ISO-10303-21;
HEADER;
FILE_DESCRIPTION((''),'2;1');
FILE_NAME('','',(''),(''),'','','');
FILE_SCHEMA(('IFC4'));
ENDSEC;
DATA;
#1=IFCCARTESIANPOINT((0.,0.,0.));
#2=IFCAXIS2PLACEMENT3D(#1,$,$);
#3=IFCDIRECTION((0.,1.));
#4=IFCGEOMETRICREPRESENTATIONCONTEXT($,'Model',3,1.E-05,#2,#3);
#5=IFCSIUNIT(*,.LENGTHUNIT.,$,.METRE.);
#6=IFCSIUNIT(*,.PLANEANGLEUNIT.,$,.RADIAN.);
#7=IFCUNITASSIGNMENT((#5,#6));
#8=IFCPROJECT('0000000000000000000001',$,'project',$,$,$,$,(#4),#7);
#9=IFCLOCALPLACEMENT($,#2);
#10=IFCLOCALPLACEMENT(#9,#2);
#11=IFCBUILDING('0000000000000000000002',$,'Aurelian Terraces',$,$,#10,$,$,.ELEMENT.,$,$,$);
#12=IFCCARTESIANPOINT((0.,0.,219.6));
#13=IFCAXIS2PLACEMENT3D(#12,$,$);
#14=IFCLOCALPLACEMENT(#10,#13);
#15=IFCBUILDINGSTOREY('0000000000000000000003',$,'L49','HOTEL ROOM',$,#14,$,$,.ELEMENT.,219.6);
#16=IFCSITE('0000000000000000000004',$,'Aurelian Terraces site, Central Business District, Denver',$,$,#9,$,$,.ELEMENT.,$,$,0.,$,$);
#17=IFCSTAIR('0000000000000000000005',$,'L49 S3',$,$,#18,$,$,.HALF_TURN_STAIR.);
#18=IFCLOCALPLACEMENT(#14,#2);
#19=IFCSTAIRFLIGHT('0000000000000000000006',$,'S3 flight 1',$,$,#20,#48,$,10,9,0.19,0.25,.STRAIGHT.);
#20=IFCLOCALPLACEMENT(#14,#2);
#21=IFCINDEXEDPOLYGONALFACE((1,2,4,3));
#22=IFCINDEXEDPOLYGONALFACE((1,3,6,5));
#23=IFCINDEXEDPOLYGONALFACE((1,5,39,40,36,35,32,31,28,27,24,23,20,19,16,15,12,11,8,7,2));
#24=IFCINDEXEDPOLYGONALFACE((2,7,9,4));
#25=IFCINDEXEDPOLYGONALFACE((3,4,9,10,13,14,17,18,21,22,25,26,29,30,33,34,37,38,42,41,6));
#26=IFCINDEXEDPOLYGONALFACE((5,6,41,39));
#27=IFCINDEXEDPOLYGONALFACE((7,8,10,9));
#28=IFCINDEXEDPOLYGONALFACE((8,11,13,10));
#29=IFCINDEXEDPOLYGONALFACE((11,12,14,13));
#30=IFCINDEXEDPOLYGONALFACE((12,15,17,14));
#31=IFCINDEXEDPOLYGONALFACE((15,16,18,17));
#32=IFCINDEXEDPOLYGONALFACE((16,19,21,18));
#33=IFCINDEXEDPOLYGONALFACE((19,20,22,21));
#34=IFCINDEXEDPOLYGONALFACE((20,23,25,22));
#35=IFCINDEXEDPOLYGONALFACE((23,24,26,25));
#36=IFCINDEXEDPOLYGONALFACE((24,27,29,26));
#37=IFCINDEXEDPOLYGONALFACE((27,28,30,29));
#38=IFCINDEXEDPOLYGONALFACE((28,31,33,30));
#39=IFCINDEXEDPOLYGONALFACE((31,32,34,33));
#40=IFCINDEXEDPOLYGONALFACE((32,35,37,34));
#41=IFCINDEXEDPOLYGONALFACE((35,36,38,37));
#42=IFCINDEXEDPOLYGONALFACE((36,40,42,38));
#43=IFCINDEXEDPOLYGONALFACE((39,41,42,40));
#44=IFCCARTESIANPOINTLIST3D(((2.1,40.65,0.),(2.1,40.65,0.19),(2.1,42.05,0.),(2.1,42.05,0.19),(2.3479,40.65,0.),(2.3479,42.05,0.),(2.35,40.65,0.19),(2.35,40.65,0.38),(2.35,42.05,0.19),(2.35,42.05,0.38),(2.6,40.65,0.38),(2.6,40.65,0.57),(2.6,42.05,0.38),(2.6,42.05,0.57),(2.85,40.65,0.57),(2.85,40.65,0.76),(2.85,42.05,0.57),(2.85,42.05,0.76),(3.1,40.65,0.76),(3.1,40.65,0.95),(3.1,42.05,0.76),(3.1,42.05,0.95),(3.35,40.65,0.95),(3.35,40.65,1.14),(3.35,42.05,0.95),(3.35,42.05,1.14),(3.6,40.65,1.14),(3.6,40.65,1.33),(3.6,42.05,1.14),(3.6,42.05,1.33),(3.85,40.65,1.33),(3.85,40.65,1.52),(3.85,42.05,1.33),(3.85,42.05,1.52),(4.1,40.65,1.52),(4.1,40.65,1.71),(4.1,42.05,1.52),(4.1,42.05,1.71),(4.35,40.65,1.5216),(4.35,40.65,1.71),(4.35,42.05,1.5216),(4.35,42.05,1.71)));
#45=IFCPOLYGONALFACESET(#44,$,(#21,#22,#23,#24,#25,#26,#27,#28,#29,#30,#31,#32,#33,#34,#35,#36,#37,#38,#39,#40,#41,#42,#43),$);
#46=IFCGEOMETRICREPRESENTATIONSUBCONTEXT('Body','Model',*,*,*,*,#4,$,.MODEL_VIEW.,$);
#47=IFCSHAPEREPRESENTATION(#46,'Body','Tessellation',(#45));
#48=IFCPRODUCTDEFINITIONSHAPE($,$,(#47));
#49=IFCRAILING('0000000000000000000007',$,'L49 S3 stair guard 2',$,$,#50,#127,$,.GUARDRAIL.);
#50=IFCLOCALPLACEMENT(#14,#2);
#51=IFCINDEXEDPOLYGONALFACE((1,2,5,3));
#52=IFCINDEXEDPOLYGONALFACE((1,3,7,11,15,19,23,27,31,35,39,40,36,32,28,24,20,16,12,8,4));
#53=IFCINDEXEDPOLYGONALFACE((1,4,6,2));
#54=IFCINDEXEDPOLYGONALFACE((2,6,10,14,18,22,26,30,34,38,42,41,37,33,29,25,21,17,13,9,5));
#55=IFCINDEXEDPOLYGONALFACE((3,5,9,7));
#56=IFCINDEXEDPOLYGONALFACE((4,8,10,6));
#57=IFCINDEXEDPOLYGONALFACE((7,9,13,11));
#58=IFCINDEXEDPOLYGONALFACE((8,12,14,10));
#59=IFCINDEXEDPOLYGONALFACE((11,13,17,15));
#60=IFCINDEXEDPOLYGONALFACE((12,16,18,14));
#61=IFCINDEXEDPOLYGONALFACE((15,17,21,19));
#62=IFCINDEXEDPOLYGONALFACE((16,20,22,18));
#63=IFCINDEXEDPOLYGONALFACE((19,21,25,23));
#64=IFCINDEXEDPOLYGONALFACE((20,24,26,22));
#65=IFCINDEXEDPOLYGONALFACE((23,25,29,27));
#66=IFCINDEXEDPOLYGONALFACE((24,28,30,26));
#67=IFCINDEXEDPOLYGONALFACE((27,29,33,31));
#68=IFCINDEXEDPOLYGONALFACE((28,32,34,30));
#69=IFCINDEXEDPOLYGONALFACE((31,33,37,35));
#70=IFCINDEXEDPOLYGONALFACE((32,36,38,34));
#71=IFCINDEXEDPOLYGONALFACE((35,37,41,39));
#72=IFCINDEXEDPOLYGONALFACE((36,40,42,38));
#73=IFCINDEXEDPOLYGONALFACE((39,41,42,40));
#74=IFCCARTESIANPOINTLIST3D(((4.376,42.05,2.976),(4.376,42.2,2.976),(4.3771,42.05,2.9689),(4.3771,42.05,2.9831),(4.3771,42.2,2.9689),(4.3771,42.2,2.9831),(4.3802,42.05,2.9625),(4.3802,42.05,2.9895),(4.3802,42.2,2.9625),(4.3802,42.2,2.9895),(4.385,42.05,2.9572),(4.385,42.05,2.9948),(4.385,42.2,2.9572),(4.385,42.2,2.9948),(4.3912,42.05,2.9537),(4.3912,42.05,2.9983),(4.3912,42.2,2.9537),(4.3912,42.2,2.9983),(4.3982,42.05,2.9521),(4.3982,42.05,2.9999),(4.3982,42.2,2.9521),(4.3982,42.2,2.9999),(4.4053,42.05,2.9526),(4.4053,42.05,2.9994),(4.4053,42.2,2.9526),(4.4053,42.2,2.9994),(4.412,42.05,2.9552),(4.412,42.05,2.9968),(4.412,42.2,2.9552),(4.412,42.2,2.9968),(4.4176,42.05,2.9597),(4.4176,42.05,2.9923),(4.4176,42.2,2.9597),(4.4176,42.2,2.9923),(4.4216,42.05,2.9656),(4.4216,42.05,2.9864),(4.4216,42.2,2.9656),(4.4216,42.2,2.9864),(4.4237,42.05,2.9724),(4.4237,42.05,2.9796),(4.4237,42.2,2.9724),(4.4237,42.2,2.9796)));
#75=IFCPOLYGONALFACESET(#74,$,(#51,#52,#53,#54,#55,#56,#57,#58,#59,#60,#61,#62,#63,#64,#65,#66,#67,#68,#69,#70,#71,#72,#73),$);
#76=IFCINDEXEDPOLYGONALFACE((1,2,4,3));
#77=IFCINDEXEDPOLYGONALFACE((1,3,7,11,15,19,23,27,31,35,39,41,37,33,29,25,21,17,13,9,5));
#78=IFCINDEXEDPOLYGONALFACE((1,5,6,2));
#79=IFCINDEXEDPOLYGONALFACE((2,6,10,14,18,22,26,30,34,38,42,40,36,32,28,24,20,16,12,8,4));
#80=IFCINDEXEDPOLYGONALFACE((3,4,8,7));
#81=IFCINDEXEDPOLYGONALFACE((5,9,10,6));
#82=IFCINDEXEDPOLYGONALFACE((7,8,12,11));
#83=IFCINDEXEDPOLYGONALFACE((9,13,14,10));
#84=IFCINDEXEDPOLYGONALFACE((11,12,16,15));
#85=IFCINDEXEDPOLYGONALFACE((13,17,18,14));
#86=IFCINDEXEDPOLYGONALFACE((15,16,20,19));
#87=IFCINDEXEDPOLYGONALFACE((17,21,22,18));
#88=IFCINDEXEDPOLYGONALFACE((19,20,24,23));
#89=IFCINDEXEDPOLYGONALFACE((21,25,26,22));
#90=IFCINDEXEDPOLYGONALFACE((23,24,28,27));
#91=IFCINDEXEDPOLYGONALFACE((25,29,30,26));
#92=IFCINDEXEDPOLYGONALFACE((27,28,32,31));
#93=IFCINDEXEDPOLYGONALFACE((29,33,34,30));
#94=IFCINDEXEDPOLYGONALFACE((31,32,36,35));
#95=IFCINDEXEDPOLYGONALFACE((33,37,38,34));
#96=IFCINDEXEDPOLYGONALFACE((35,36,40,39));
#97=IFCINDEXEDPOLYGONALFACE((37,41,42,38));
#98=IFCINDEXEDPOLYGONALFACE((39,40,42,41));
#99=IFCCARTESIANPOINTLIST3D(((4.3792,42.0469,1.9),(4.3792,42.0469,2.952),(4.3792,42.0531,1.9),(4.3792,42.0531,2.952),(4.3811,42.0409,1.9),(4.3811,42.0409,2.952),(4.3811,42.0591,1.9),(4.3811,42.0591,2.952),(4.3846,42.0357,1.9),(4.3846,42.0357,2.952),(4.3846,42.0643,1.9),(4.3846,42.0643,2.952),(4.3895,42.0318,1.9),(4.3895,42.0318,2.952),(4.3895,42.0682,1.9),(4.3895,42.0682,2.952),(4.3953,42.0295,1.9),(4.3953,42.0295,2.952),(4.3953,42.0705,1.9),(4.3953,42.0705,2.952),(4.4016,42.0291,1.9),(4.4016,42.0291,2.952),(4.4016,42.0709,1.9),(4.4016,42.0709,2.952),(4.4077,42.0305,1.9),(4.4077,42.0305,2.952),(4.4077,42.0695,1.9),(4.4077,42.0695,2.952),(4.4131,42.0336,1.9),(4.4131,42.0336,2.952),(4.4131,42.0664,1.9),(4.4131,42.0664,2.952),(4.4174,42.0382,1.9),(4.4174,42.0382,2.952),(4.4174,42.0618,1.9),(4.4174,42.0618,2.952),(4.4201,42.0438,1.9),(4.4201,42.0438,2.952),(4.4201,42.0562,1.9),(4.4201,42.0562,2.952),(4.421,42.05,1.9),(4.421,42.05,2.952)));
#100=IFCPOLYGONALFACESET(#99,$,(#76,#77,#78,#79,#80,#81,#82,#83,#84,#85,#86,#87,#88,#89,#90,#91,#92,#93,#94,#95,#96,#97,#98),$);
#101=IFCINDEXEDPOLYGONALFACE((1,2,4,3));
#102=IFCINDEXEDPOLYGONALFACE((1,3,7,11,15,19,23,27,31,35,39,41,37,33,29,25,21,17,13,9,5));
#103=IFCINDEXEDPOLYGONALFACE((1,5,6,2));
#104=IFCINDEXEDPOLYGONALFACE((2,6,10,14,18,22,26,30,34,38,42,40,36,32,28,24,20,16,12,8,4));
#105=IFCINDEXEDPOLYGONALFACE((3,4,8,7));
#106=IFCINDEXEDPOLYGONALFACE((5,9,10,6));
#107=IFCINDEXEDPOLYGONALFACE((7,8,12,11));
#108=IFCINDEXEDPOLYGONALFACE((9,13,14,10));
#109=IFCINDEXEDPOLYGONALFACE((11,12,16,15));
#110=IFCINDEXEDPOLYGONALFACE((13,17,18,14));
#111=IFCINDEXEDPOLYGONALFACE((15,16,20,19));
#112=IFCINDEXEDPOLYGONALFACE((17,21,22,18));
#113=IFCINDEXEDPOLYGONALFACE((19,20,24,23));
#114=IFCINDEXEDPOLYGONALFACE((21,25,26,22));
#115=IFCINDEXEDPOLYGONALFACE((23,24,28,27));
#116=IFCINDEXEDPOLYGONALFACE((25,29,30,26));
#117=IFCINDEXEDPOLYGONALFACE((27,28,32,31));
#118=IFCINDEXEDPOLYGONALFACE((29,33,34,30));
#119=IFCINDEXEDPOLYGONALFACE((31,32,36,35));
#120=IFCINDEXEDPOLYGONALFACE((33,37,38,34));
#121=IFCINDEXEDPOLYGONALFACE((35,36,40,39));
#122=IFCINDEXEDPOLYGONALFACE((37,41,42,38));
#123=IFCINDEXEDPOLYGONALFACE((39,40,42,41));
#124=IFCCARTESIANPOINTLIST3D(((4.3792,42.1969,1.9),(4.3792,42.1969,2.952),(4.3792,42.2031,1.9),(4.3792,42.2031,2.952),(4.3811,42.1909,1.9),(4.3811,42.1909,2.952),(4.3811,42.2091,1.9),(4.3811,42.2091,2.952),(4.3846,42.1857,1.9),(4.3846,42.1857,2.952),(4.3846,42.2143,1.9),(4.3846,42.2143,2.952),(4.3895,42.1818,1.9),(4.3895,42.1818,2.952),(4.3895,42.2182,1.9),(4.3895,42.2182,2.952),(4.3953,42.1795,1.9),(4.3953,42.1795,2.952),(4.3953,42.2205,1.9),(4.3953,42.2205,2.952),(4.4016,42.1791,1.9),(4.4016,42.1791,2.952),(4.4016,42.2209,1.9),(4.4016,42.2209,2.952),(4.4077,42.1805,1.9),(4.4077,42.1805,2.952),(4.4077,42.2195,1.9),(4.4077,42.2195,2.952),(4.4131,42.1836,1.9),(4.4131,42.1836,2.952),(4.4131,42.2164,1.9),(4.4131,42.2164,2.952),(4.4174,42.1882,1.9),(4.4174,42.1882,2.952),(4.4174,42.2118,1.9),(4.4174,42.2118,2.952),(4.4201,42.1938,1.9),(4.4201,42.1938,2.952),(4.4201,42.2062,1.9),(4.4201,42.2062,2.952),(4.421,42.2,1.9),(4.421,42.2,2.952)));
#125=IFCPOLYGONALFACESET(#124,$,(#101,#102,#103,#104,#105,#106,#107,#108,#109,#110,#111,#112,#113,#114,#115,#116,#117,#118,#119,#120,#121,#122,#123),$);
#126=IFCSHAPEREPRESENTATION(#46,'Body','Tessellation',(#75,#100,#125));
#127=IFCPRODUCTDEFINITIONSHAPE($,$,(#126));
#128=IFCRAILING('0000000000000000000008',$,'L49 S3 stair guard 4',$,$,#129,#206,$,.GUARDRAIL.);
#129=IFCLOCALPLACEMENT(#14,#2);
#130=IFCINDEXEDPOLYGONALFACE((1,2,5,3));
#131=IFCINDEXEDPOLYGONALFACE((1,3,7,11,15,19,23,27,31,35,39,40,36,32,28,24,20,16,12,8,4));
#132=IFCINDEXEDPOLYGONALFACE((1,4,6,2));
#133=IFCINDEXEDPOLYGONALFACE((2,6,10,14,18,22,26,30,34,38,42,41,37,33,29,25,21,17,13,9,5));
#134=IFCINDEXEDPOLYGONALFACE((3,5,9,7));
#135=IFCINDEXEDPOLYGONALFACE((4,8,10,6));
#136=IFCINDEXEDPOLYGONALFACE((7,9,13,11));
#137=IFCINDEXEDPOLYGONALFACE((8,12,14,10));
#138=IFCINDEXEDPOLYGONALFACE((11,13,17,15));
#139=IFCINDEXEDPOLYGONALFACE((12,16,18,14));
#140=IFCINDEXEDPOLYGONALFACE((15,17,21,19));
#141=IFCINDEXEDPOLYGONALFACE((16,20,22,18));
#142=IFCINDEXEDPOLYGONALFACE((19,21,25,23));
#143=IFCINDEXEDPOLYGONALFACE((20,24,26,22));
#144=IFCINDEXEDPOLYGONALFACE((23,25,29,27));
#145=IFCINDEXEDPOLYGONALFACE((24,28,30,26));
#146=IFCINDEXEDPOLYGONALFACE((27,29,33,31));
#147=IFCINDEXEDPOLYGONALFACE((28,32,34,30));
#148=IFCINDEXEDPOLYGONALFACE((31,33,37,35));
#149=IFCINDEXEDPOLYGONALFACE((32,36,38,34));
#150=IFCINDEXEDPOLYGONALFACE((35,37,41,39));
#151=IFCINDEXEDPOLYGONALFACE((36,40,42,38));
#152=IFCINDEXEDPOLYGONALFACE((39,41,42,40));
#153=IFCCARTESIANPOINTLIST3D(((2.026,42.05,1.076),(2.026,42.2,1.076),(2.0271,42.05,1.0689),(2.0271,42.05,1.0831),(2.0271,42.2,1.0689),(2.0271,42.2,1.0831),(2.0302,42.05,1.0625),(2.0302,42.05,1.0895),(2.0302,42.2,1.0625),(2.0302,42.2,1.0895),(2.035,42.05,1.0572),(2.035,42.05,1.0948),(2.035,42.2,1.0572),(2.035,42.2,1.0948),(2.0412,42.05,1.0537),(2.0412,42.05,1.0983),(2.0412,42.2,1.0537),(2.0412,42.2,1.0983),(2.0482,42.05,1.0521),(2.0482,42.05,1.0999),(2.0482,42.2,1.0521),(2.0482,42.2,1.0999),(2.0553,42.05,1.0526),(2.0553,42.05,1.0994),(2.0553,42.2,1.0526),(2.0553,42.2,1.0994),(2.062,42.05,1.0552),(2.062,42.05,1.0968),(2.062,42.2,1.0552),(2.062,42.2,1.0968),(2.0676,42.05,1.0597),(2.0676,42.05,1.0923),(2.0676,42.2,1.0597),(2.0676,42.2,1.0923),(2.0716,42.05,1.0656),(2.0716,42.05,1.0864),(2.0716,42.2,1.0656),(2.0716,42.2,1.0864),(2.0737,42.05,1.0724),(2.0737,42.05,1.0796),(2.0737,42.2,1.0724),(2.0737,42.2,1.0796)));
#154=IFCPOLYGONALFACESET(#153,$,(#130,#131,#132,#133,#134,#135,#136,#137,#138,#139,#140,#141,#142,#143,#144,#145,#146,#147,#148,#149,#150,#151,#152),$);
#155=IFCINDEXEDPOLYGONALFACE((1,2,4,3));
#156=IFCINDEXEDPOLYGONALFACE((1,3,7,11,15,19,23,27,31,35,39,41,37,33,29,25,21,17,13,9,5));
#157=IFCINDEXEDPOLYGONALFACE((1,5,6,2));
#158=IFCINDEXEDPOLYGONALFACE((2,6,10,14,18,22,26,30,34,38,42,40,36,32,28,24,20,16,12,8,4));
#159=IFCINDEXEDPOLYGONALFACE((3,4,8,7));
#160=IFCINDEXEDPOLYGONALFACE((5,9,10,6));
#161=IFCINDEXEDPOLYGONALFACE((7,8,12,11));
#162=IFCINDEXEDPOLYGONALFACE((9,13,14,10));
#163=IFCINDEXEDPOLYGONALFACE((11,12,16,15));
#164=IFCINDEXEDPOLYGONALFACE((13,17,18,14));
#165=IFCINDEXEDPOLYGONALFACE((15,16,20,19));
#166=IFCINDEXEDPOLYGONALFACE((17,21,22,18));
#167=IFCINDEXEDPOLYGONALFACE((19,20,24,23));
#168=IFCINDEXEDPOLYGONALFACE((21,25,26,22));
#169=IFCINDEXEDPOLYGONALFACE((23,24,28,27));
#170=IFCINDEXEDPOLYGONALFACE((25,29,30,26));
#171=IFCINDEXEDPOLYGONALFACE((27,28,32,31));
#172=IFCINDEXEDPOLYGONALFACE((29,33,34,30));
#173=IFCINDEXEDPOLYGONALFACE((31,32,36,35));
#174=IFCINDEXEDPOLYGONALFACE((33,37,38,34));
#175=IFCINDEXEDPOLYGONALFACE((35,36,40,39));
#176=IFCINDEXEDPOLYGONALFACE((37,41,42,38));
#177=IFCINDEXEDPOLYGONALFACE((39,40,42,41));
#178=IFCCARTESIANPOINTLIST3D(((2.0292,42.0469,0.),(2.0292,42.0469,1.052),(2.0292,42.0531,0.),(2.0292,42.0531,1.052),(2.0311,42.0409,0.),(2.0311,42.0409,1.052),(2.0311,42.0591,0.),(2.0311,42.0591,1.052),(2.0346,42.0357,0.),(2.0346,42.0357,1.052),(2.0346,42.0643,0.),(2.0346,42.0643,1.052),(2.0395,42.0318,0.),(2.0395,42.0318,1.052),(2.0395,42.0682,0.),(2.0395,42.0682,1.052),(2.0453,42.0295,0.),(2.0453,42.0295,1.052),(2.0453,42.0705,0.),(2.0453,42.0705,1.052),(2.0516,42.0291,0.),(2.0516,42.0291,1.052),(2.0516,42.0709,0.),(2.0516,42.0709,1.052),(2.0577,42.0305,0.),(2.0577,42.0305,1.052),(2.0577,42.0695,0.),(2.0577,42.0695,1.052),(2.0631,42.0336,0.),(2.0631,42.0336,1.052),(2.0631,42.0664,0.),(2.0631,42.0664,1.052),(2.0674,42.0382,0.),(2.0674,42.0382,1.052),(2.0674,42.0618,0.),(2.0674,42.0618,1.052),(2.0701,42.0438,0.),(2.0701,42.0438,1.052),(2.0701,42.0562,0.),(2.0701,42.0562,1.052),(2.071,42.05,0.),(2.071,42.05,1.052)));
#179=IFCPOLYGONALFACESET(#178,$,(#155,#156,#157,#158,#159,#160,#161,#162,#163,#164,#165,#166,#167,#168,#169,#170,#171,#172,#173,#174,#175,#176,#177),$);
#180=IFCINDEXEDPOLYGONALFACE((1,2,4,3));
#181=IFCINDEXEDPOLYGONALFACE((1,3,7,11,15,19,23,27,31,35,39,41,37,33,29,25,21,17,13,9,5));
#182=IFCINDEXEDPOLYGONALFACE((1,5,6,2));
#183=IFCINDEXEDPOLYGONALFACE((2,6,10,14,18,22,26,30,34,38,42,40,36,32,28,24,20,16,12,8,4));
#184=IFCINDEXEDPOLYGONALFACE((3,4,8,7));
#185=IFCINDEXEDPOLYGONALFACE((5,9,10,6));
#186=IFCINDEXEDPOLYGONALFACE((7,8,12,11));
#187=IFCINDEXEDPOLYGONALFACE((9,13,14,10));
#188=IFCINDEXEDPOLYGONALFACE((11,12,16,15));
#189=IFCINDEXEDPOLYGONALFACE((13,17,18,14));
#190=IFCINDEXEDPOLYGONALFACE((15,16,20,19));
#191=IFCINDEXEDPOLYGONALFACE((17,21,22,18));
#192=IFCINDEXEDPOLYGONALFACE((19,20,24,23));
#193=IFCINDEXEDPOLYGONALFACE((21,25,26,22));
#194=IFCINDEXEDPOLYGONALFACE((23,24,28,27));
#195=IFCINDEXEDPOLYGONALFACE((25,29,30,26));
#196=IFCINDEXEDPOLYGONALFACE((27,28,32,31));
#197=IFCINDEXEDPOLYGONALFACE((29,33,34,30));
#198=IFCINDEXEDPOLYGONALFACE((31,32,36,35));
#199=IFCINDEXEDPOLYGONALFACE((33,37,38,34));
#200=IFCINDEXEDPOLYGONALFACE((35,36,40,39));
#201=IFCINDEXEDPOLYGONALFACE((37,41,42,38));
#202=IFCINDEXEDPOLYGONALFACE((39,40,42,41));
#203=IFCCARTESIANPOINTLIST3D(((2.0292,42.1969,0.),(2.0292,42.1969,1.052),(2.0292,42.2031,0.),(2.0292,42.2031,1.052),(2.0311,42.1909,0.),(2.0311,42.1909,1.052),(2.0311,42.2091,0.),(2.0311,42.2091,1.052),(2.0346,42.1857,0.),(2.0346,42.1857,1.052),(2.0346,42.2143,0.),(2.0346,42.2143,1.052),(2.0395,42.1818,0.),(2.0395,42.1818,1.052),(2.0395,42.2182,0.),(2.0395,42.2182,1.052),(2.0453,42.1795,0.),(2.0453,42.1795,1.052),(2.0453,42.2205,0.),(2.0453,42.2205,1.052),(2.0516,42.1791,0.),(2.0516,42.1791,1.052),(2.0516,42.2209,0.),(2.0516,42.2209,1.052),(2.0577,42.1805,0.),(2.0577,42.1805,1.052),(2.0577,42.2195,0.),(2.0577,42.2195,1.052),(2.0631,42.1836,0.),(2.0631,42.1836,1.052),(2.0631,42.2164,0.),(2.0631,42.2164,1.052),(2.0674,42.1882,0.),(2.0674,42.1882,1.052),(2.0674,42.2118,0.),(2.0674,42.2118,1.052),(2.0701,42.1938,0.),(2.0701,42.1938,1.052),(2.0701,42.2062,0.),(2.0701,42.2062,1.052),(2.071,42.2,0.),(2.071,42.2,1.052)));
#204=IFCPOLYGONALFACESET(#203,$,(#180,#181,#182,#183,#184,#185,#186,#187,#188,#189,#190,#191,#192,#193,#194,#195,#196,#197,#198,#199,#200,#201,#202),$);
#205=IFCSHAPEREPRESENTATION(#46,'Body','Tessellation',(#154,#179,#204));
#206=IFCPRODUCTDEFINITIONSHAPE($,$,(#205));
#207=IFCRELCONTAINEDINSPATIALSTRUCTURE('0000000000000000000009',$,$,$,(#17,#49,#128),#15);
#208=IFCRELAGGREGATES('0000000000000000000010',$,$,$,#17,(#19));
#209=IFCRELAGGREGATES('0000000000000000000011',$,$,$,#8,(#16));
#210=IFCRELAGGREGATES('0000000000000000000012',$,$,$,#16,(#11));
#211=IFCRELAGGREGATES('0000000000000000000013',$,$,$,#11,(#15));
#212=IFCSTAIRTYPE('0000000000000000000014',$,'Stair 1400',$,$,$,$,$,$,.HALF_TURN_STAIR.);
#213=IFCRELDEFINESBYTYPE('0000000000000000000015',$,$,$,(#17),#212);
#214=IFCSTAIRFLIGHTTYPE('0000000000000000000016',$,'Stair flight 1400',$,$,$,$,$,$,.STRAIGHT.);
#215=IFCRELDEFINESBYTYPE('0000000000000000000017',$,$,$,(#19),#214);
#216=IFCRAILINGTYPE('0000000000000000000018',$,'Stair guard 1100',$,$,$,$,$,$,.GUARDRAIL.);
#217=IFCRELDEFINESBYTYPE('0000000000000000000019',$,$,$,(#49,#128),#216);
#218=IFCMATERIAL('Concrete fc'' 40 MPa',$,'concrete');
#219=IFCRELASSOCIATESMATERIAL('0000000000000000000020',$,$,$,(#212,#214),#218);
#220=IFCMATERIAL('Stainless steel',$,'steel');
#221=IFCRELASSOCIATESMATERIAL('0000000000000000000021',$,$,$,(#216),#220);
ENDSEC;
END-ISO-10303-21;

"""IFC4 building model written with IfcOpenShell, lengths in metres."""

from ifc_helpers import new_model, si_unit, direction, frame, origin, origin_2d, place, context, subcontext, project, spatial, polyline, circle, outline, extrude, source, transform, mapped, material, type_object, element, aggregate, save


model = new_model("IFC4")

# Units and contexts
model_context = context("Model", 3, precision=1e-05, world=origin(), true_north=direction((0.0, 1.0)))
body_context = subcontext(model_context, "Body", "Model", "MODEL_VIEW")
ifc_project = project(units=[si_unit("LENGTHUNIT", "METRE"), si_unit("PLANEANGLEUNIT", "RADIAN")], contexts=[model_context])

# Site, building, storey
site_placement = place(None, origin())
site = spatial("IfcSite", under=ifc_project, at=site_placement, Name="Aurelian Terraces site, Central Business District, Denver", CompositionType="ELEMENT", RefElevation=0.0)
building_placement = place(site_placement, origin())
building = spatial("IfcBuilding", under=site, at=building_placement, Name="Aurelian Terraces", CompositionType="ELEMENT")
storey_placement = place(building_placement, frame((0.0, 0.0, 219.6)))
storey = spatial("IfcBuildingStorey", under=building, at=storey_placement, Name="L49", Description="HOTEL ROOM", CompositionType="ELEMENT", Elevation=219.6)

# Shared definitions
ifc_material_1 = material(Name="Concrete fc' 40 MPa", Category="concrete")

# Stair, stair flight
stair_type = type_object("IfcStairType", Name="Stair 1400", PredefinedType="HALF_TURN_STAIR", material=ifc_material_1)
stair_placement = place(storey_placement, origin())
stair = element("IfcStair", 1, at=stair_placement, inside=storey, type_object=stair_type, Name="L49 S3", PredefinedType="HALF_TURN_STAIR")
stair_flight_type = type_object("IfcStairFlightType", Name="Stair flight 1400", PredefinedType="STRAIGHT", material=ifc_material_1)
shared_shape_1 = source(origin(), body_context, "Body", "SweptSolid", [
    extrude(outline(polyline([(0.0, 0.0), (0.0, 0.19), (0.25, 0.19), (0.25, 0.38), (0.5, 0.38), (0.5, 0.57), (0.75, 0.57), (0.75, 0.76), (1.0, 0.76), (1.0, 0.95), (1.25, 0.95), (1.25, 1.14), (1.5, 1.14), (1.5, 1.33), (1.75, 1.33), (1.75, 1.52), (2.0, 1.52), (2.0, 1.71), (2.25, 1.71), (2.25, 1.9), (2.25, 1.5216), (0.2479, 0.0), (0.0, 0.0)])), frame((0.0, 0.7, 0.0), z_axis=(0.0, -1.0, 0.0), x_axis=(1.0, 0.0, 0.0)), (0.0, 0.0, 1.0), 1.4),
])
stair_flight_placement = place(storey_placement, frame((2.1, 41.35, 0.0), z_axis=(0.0, 0.0, 1.0), x_axis=(1.0, 0.0, 0.0)))
stair_flight = element("IfcStairFlight", 2, at=stair_flight_placement, type_object=stair_flight_type, Name="S3 flight 1", NumberOfRisers=10, NumberOfTreads=9, PredefinedType="STRAIGHT", RiserHeight=0.19, TreadLength=0.25, context=body_context, shape_type="MappedRepresentation", body=[
    mapped(shared_shape_1, transform((0.0, 0.0, 0.0), scale=1.0)),
])
aggregate(stair, [stair_flight])

# Railings
ifc_material_2 = material(Name="Stainless steel", Category="steel")
railing_type_1 = type_object("IfcRailingType", Name="Stair guard 1100", PredefinedType="GUARDRAIL", material=ifc_material_2)
shared_shape_2 = source(origin(), body_context, "Body", "SweptSolid", [
    extrude(circle(Radius=0.024, at=origin_2d()), frame((0.0, 0.0, 1.076), z_axis=(0.0, 1.0, 0.0), x_axis=(-1.0, 0.0, 0.0)), (0.0, 0.0, 1.0), 0.15),
    extrude(circle(Radius=0.021, at=origin_2d()), origin(), (0.0, 0.0, 1.0), 1.052),
    extrude(circle(Radius=0.021, at=origin_2d()), frame((0.0, 0.15, 0.0)), (0.0, 0.0, 1.0), 1.052),
])
for number, where, name in (
    (3, (4.4, 42.05, 1.9), "L49 S3 stair guard 2"),
    (4, (2.05, 42.05, 0.0), "L49 S3 stair guard 4"),
):
    element("IfcRailing", number, at=place(storey_placement, frame(where)), inside=storey, type_object=railing_type_1, Name=name, PredefinedType="GUARDRAIL", context=body_context, shape_type="MappedRepresentation", body=[
        mapped(shared_shape_2, transform((0.0, 0.0, 0.0), scale=1.0)),
    ])

save(model, "model.ifc")
